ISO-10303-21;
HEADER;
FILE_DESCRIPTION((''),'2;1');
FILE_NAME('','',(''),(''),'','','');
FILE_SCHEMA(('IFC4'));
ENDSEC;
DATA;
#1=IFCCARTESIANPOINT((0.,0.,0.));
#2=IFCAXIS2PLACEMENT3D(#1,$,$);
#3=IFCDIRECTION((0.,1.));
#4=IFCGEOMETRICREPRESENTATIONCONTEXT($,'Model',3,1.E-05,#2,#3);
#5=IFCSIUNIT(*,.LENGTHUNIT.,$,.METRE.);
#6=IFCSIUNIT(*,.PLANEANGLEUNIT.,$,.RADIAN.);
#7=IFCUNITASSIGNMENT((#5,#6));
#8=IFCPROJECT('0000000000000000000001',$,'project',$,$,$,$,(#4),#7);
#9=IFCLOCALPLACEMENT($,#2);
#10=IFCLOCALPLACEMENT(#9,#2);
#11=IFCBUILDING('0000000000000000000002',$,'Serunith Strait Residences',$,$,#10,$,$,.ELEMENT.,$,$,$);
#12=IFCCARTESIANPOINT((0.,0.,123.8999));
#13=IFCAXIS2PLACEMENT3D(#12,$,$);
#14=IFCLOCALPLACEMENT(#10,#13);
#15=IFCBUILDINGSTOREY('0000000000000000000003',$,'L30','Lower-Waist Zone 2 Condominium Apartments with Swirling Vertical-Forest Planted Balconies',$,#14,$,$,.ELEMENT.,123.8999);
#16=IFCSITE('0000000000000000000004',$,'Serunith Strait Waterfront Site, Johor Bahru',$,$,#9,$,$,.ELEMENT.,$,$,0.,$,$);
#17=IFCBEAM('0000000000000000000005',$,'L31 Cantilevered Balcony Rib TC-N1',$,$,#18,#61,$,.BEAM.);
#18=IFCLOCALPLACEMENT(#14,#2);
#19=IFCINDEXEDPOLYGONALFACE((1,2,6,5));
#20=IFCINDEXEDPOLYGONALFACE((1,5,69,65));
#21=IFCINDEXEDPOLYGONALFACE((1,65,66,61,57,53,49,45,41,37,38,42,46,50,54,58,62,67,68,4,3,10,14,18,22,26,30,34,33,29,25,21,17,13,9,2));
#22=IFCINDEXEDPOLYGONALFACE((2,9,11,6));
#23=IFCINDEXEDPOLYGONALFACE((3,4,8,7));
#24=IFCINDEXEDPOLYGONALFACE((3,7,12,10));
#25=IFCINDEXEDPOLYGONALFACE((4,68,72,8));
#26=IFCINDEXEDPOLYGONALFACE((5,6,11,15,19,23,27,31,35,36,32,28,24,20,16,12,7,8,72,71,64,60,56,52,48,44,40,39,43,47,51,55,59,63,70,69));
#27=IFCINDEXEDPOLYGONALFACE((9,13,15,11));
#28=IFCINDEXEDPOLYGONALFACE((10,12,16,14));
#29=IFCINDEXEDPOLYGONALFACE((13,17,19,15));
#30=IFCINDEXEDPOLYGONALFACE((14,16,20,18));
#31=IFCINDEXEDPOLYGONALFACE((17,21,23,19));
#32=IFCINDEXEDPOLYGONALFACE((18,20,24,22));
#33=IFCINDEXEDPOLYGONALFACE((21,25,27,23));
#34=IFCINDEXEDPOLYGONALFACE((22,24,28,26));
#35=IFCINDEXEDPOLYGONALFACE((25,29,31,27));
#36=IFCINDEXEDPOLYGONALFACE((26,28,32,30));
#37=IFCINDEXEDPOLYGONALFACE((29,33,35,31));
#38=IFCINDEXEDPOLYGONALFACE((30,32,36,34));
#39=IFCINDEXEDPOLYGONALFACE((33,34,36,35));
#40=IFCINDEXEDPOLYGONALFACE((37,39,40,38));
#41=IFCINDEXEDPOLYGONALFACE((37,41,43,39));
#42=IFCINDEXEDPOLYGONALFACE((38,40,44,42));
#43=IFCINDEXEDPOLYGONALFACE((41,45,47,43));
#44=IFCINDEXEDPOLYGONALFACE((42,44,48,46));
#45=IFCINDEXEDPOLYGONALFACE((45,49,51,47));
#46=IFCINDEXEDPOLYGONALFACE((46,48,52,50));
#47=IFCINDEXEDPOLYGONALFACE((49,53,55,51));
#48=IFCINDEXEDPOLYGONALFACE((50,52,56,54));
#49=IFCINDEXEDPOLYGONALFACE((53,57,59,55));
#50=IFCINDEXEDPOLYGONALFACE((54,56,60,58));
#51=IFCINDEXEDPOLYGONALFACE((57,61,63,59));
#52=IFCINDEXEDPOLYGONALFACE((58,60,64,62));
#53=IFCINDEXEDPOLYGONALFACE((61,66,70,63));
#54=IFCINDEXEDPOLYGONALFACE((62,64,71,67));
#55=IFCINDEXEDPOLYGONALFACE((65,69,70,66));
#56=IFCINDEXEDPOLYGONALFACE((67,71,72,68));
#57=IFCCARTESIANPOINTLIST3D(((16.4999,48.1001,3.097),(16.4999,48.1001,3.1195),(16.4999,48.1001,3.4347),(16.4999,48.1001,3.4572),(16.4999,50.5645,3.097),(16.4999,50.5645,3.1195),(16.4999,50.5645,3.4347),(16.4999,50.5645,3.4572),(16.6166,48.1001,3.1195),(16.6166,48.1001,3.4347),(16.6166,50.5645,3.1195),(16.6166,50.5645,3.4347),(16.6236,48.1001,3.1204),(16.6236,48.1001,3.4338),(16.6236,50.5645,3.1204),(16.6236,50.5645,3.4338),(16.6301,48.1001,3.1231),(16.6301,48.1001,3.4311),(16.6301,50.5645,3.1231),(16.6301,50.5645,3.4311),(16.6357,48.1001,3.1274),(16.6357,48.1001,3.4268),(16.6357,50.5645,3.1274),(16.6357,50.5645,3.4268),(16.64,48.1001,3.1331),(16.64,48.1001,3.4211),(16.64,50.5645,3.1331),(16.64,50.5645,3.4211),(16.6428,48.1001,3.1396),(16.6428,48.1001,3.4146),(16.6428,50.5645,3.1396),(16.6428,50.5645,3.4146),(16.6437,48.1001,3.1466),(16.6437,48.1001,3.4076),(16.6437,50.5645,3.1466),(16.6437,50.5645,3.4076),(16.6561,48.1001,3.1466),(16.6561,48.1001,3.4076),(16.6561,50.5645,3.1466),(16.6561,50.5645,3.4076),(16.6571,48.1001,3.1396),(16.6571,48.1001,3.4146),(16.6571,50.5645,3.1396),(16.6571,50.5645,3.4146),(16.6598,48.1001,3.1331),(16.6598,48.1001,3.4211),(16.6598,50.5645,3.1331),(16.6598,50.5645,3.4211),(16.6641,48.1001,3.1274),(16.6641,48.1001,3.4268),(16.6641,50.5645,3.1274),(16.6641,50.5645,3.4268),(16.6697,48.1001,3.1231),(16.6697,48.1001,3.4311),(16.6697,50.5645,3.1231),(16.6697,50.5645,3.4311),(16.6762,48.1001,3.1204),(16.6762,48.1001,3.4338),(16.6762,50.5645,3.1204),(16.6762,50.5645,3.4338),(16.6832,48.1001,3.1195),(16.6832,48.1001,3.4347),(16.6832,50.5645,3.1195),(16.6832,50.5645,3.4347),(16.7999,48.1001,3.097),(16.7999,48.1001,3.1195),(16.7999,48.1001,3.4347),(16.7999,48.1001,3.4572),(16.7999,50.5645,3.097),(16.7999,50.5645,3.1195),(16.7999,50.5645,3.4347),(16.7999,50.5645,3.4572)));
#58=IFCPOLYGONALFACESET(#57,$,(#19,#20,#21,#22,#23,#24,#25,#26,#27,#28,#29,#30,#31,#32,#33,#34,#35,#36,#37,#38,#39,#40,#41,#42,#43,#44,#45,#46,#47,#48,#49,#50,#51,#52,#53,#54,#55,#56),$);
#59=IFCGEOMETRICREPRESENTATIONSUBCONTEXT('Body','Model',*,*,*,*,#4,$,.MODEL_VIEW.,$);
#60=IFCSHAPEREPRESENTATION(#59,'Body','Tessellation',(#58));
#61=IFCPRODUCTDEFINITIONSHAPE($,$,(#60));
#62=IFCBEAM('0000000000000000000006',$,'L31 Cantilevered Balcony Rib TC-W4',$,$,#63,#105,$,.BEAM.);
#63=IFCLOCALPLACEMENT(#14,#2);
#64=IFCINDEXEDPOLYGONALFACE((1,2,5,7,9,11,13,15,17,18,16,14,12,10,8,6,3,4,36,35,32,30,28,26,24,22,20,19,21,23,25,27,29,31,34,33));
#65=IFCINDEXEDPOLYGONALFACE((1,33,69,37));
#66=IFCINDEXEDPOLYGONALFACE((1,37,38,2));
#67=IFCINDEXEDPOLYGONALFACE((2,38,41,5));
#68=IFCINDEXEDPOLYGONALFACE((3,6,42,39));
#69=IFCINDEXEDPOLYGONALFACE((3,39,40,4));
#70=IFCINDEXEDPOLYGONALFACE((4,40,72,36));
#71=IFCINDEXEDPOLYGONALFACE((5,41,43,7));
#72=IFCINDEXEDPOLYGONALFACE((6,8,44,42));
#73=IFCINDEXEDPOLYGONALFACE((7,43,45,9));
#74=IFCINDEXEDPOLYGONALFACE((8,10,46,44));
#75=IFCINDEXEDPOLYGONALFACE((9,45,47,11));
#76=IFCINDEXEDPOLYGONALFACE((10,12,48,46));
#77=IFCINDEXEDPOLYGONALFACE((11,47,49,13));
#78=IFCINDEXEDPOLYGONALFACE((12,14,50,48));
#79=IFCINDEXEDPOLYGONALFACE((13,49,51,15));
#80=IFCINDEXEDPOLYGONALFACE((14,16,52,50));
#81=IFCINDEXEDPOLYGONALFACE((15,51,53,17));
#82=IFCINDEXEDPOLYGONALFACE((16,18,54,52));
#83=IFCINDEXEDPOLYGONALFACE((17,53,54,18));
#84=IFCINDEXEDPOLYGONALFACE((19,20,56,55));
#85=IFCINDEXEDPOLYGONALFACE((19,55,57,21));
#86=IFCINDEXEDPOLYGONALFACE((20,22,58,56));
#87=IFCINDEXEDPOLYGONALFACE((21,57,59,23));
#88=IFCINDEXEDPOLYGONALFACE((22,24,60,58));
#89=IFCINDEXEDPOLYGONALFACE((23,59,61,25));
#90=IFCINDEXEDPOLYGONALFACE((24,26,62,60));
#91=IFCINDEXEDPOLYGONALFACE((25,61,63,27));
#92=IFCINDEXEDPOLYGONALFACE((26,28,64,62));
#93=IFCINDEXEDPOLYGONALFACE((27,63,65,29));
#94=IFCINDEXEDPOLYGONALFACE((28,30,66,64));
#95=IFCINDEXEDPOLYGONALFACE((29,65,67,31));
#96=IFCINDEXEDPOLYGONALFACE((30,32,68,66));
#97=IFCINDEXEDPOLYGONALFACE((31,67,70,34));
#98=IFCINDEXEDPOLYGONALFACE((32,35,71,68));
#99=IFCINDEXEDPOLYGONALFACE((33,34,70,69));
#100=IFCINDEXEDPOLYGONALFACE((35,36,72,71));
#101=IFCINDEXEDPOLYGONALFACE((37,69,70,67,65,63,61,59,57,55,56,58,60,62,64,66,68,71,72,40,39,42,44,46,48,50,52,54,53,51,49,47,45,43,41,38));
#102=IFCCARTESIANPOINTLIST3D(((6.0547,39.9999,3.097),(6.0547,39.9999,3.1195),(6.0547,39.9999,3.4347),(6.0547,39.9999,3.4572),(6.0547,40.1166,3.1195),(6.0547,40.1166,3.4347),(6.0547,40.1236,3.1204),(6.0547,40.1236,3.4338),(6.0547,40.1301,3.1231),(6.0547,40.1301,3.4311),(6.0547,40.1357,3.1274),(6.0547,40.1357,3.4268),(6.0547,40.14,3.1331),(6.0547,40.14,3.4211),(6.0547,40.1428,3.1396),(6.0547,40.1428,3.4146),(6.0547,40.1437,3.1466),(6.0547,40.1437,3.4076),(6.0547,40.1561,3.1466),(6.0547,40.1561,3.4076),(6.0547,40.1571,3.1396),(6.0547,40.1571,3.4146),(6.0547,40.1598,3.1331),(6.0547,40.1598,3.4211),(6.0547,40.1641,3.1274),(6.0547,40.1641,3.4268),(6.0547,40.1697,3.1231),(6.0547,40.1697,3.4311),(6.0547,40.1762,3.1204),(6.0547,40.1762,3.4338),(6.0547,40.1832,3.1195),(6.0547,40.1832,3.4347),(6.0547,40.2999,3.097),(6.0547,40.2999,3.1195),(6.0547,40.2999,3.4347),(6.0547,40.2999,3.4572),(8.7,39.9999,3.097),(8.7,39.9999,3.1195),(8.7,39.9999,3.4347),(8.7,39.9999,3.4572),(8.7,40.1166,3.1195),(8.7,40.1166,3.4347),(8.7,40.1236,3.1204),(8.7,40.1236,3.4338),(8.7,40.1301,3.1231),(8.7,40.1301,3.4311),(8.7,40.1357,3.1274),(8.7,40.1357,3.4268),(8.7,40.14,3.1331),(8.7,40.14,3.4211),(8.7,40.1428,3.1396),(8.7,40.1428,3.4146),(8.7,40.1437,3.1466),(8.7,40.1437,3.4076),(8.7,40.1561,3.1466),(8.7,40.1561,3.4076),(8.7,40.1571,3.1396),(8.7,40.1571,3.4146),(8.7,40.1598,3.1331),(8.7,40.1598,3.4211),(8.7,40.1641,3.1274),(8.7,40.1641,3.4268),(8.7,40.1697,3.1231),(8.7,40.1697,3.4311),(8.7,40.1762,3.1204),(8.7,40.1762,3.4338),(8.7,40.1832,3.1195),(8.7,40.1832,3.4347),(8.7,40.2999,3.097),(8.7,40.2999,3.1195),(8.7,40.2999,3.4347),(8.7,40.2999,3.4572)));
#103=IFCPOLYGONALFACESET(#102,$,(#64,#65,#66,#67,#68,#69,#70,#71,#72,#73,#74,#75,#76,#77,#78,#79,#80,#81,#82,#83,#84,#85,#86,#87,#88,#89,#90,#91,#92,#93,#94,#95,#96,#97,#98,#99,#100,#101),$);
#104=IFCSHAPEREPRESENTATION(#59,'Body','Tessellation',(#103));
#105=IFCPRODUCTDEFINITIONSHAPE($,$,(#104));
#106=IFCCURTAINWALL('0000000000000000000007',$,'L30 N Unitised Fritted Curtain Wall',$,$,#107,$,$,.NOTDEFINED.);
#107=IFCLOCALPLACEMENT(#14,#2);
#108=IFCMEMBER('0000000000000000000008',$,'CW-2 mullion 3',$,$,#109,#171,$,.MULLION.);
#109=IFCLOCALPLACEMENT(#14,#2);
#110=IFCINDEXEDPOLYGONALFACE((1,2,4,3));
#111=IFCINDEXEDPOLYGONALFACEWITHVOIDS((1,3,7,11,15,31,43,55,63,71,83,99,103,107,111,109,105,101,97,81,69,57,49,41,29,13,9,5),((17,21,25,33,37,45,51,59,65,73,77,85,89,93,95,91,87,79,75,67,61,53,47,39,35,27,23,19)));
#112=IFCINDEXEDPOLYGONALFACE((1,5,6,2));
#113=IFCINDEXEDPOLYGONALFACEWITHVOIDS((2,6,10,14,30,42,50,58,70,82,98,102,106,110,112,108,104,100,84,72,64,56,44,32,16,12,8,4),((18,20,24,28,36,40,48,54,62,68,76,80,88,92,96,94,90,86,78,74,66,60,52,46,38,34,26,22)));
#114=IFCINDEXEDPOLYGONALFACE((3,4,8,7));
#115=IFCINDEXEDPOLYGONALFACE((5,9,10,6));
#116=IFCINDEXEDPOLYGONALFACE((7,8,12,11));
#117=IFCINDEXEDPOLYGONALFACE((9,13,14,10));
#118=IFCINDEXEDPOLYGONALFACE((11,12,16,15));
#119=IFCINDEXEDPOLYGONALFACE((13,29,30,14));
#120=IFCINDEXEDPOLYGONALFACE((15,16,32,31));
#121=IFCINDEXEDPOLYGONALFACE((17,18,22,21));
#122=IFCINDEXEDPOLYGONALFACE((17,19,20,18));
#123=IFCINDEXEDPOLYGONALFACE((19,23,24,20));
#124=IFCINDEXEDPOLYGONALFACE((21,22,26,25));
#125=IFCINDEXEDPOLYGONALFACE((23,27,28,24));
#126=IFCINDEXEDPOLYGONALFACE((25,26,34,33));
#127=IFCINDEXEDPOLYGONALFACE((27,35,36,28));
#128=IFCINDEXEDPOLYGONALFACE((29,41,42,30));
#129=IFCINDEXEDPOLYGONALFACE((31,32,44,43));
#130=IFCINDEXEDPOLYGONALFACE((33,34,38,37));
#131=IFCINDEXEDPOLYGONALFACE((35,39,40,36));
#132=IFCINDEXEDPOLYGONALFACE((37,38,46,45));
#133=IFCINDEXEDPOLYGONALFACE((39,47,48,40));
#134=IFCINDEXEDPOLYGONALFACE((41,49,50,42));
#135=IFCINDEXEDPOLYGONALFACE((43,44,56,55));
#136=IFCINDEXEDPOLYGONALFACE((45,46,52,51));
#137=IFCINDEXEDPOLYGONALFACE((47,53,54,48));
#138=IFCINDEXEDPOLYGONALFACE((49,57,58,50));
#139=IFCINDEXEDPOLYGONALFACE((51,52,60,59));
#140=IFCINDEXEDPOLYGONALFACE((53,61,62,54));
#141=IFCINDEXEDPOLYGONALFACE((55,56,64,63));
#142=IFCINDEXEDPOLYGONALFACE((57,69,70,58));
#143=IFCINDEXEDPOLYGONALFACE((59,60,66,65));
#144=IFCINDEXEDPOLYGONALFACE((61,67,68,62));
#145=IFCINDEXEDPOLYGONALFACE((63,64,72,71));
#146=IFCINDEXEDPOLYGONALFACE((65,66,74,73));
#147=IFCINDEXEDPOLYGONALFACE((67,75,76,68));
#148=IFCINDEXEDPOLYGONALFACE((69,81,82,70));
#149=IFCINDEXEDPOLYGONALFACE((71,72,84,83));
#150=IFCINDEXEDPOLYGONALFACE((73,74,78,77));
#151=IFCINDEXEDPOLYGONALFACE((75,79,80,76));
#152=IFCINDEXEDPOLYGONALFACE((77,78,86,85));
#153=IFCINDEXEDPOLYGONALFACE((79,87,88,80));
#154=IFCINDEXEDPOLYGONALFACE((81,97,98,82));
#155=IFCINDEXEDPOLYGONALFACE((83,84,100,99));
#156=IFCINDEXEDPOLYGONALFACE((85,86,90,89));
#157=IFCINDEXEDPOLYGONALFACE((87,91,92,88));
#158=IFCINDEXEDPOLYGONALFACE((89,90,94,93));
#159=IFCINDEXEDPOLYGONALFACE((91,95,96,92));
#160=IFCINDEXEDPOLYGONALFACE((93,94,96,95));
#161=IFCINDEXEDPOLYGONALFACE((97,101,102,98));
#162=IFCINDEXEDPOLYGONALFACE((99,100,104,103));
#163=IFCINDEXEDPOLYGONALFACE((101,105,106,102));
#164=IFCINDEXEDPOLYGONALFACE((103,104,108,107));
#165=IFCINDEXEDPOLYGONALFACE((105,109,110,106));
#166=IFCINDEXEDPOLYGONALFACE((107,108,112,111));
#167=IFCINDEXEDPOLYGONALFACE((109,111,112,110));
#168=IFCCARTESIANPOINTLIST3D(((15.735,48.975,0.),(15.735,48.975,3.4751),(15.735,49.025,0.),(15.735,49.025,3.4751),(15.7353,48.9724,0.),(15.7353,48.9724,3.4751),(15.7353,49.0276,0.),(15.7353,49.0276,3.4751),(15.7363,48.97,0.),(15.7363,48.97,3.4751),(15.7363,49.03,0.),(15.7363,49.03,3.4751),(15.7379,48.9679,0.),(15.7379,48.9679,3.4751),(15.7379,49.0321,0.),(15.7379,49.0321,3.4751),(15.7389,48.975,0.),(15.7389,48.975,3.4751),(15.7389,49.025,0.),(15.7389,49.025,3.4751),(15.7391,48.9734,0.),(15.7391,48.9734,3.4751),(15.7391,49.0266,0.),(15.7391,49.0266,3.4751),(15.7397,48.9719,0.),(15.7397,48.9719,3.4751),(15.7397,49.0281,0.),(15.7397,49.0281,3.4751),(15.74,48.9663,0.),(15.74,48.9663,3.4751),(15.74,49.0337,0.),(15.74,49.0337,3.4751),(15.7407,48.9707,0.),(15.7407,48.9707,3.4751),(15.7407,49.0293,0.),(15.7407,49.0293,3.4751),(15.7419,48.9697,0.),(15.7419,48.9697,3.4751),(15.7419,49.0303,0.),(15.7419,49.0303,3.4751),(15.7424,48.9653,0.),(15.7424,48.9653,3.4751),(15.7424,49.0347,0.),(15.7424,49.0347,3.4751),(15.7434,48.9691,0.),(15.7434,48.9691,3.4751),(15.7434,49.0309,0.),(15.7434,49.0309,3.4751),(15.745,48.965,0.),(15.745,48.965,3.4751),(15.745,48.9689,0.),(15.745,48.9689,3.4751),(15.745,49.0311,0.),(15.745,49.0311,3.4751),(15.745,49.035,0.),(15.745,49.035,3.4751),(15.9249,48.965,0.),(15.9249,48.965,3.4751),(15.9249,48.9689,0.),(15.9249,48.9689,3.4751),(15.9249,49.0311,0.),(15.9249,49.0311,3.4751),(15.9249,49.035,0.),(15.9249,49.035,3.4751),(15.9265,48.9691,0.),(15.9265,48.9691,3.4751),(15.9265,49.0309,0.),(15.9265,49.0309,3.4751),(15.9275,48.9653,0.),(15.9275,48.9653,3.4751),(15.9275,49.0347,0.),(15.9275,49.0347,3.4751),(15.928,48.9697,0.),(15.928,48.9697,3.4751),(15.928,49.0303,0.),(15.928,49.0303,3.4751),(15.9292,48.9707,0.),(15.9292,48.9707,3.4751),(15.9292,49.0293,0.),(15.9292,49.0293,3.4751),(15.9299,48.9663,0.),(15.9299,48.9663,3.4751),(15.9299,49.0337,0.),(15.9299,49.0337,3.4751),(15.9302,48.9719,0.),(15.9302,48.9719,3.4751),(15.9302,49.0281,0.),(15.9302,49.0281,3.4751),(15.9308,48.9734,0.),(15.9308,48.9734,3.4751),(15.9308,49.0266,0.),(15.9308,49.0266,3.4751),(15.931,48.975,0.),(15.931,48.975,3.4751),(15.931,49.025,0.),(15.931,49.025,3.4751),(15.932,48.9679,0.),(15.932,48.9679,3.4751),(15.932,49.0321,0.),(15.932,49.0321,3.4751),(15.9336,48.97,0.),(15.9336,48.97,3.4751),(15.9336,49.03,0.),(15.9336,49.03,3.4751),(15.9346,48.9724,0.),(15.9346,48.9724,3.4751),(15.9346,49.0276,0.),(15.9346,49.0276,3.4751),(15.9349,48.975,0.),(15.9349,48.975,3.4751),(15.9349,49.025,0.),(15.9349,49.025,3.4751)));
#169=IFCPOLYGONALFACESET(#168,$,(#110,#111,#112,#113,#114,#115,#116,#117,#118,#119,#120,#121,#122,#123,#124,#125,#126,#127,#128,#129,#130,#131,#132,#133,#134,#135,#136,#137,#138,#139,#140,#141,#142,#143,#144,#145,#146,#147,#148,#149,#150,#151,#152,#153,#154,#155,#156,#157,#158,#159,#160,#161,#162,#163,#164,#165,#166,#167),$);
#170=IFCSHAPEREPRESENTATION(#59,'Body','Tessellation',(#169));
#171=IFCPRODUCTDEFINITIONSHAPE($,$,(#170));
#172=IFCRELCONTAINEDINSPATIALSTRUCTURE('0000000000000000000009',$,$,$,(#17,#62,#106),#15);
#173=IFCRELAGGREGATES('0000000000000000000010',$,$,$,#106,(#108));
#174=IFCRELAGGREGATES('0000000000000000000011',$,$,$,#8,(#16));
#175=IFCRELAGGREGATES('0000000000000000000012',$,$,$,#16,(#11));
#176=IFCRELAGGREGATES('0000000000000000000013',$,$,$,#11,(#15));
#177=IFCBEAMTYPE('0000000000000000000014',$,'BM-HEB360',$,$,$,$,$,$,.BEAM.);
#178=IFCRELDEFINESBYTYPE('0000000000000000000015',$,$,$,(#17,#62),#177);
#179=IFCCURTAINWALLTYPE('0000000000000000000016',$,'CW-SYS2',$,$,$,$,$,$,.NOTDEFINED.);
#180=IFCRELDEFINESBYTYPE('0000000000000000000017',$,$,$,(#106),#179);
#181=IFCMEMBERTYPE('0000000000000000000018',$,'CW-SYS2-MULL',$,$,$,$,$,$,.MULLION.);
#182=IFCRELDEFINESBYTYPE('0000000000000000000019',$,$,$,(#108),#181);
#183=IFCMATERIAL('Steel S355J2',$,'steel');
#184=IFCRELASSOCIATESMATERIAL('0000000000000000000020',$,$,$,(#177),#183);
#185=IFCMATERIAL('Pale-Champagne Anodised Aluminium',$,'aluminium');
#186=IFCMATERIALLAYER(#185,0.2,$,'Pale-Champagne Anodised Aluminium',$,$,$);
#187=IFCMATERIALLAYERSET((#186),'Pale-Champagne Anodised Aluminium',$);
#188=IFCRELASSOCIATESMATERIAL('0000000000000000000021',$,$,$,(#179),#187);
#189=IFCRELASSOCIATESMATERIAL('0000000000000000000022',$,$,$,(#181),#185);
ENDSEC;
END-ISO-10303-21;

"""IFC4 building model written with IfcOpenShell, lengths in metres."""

from ifc_helpers import new_model, si_unit, direction, frame, origin, origin_2d, place, context, subcontext, project, spatial, hollow_rectangle, i_section, extrude, source, transform, mapped, material, layer, layer_set, material_profile, profile_set, type_object, element, aggregate, save


model = new_model("IFC4")

# Units and contexts
model_context = context("Model", 3, precision=1e-05, world=origin(), true_north=direction((0.0, 1.0)))
body_context = subcontext(model_context, "Body", "Model", "MODEL_VIEW")
ifc_project = project(units=[si_unit("LENGTHUNIT", "METRE"), si_unit("PLANEANGLEUNIT", "RADIAN")], contexts=[model_context])

# Site, building, storey
site_placement = place(None, origin())
site = spatial("IfcSite", under=ifc_project, at=site_placement, Name="Serunith Strait Waterfront Site, Johor Bahru", CompositionType="ELEMENT", RefElevation=0.0)
building_placement = place(site_placement, origin())
building = spatial("IfcBuilding", under=site, at=building_placement, Name="Serunith Strait Residences", CompositionType="ELEMENT")
storey_placement = place(building_placement, frame((0.0, 0.0, 123.8999)))
storey = spatial("IfcBuildingStorey", under=building, at=storey_placement, Name="L30", Description="Lower-Waist Zone 2 Condominium Apartments with Swirling Vertical-Forest Planted Balconies", CompositionType="ELEMENT", Elevation=123.8999)

# Beams
ifc_material_1 = material(Name="Steel S355J2", Category="steel")
ifc_material_profile_1 = material_profile(ifc_material_1, i_section(OverallWidth=0.3, OverallDepth=0.3601, WebThickness=0.0125, FlangeThickness=0.0225, FilletRadius=0.0271, at=origin_2d()), Name="HEB 360")
ifc_profile_set_1 = profile_set([ifc_material_profile_1], Name="Steel S355J2")
beam_type_1 = type_object("IfcBeamType", Name="BM-HEB360", PredefinedType="BEAM", material=ifc_profile_set_1)
shared_shape_1 = source(origin(), body_context, "Body", "SweptSolid", [
    extrude(i_section(OverallWidth=0.3, OverallDepth=0.3601, WebThickness=0.0125, FlangeThickness=0.0225, FilletRadius=0.0271, at=origin_2d()), origin(), (0.0, 0.0, 1.0), 2.4644),
])
beam_1_placement = place(storey_placement, frame((16.6499, 48.1001, 3.2771), z_axis=(0.0, 1.0, 0.0), x_axis=(-1.0, 0.0, 0.0)))
element("IfcBeam", 1, at=beam_1_placement, inside=storey, type_object=beam_type_1, Name="L31 Cantilevered Balcony Rib TC-N1", PredefinedType="BEAM", context=body_context, shape_type="MappedRepresentation", body=[
    mapped(shared_shape_1, transform((0.0, 0.0, 0.0), scale=1.0)),
])
shared_shape_2 = source(origin(), body_context, "Body", "SweptSolid", [
    extrude(i_section(OverallWidth=0.3, OverallDepth=0.3601, WebThickness=0.0125, FlangeThickness=0.0225, FilletRadius=0.0271, at=origin_2d()), origin(), (0.0, 0.0, 1.0), 2.6453),
])
beam_2_placement = place(storey_placement, frame((8.7, 40.1499, 3.2771), z_axis=(-1.0, 0.0, 0.0), x_axis=(0.0, -1.0, 0.0)))
element("IfcBeam", 2, at=beam_2_placement, inside=storey, type_object=beam_type_1, Name="L31 Cantilevered Balcony Rib TC-W4", PredefinedType="BEAM", context=body_context, shape_type="MappedRepresentation", body=[
    mapped(shared_shape_2, transform((0.0, 0.0, 0.0), scale=1.0)),
])

# Curtain wall, member
ifc_material_2 = material(Name="Pale-Champagne Anodised Aluminium", Category="aluminium")
ifc_layer_1 = layer(ifc_material_2, 0.2, Name="Pale-Champagne Anodised Aluminium")
ifc_layer_set_1 = layer_set([ifc_layer_1], Name="Pale-Champagne Anodised Aluminium")
curtain_wall_type = type_object("IfcCurtainWallType", Name="CW-SYS2", PredefinedType="NOTDEFINED", material=ifc_layer_set_1)
curtain_wall_1_placement = place(storey_placement, origin())
curtain_wall_1 = element("IfcCurtainWall", 3, at=curtain_wall_1_placement, inside=storey, type_object=curtain_wall_type, Name="L30 N Unitised Fritted Curtain Wall", PredefinedType="NOTDEFINED")
ifc_material_profile_2 = material_profile(ifc_material_2, hollow_rectangle(XDim=0.0701, YDim=0.2, WallThickness=0.0039, InnerFilletRadius=0.0061, OuterFilletRadius=0.01, at=origin_2d()), Name="ALU 200x70x4")
ifc_profile_set_2 = profile_set([ifc_material_profile_2], Name="Pale-Champagne Anodised Aluminium")
member_type_1 = type_object("IfcMemberType", Name="CW-SYS2-MULL", PredefinedType="MULLION", material=ifc_profile_set_2)
shared_shape_3 = source(origin(), body_context, "Body", "SweptSolid", [
    extrude(hollow_rectangle(XDim=0.0701, YDim=0.2, WallThickness=0.0039, InnerFilletRadius=0.0061, OuterFilletRadius=0.01, at=origin_2d()), origin(), (0.0, 0.0, 1.0), 3.4751),
])
member_1_placement = place(storey_placement, frame((15.835, 49.0, 0.0), z_axis=(0.0, 0.0, 1.0), x_axis=(0.0, -1.0, 0.0)))
member_1 = element("IfcMember", 4, at=member_1_placement, type_object=member_type_1, Name="CW-2 mullion 3", PredefinedType="MULLION", context=body_context, shape_type="MappedRepresentation", body=[
    mapped(shared_shape_3, transform((0.0, 0.0, 0.0), scale=1.0)),
])
aggregate(curtain_wall_1, [member_1])

save(model, "model.ifc")
